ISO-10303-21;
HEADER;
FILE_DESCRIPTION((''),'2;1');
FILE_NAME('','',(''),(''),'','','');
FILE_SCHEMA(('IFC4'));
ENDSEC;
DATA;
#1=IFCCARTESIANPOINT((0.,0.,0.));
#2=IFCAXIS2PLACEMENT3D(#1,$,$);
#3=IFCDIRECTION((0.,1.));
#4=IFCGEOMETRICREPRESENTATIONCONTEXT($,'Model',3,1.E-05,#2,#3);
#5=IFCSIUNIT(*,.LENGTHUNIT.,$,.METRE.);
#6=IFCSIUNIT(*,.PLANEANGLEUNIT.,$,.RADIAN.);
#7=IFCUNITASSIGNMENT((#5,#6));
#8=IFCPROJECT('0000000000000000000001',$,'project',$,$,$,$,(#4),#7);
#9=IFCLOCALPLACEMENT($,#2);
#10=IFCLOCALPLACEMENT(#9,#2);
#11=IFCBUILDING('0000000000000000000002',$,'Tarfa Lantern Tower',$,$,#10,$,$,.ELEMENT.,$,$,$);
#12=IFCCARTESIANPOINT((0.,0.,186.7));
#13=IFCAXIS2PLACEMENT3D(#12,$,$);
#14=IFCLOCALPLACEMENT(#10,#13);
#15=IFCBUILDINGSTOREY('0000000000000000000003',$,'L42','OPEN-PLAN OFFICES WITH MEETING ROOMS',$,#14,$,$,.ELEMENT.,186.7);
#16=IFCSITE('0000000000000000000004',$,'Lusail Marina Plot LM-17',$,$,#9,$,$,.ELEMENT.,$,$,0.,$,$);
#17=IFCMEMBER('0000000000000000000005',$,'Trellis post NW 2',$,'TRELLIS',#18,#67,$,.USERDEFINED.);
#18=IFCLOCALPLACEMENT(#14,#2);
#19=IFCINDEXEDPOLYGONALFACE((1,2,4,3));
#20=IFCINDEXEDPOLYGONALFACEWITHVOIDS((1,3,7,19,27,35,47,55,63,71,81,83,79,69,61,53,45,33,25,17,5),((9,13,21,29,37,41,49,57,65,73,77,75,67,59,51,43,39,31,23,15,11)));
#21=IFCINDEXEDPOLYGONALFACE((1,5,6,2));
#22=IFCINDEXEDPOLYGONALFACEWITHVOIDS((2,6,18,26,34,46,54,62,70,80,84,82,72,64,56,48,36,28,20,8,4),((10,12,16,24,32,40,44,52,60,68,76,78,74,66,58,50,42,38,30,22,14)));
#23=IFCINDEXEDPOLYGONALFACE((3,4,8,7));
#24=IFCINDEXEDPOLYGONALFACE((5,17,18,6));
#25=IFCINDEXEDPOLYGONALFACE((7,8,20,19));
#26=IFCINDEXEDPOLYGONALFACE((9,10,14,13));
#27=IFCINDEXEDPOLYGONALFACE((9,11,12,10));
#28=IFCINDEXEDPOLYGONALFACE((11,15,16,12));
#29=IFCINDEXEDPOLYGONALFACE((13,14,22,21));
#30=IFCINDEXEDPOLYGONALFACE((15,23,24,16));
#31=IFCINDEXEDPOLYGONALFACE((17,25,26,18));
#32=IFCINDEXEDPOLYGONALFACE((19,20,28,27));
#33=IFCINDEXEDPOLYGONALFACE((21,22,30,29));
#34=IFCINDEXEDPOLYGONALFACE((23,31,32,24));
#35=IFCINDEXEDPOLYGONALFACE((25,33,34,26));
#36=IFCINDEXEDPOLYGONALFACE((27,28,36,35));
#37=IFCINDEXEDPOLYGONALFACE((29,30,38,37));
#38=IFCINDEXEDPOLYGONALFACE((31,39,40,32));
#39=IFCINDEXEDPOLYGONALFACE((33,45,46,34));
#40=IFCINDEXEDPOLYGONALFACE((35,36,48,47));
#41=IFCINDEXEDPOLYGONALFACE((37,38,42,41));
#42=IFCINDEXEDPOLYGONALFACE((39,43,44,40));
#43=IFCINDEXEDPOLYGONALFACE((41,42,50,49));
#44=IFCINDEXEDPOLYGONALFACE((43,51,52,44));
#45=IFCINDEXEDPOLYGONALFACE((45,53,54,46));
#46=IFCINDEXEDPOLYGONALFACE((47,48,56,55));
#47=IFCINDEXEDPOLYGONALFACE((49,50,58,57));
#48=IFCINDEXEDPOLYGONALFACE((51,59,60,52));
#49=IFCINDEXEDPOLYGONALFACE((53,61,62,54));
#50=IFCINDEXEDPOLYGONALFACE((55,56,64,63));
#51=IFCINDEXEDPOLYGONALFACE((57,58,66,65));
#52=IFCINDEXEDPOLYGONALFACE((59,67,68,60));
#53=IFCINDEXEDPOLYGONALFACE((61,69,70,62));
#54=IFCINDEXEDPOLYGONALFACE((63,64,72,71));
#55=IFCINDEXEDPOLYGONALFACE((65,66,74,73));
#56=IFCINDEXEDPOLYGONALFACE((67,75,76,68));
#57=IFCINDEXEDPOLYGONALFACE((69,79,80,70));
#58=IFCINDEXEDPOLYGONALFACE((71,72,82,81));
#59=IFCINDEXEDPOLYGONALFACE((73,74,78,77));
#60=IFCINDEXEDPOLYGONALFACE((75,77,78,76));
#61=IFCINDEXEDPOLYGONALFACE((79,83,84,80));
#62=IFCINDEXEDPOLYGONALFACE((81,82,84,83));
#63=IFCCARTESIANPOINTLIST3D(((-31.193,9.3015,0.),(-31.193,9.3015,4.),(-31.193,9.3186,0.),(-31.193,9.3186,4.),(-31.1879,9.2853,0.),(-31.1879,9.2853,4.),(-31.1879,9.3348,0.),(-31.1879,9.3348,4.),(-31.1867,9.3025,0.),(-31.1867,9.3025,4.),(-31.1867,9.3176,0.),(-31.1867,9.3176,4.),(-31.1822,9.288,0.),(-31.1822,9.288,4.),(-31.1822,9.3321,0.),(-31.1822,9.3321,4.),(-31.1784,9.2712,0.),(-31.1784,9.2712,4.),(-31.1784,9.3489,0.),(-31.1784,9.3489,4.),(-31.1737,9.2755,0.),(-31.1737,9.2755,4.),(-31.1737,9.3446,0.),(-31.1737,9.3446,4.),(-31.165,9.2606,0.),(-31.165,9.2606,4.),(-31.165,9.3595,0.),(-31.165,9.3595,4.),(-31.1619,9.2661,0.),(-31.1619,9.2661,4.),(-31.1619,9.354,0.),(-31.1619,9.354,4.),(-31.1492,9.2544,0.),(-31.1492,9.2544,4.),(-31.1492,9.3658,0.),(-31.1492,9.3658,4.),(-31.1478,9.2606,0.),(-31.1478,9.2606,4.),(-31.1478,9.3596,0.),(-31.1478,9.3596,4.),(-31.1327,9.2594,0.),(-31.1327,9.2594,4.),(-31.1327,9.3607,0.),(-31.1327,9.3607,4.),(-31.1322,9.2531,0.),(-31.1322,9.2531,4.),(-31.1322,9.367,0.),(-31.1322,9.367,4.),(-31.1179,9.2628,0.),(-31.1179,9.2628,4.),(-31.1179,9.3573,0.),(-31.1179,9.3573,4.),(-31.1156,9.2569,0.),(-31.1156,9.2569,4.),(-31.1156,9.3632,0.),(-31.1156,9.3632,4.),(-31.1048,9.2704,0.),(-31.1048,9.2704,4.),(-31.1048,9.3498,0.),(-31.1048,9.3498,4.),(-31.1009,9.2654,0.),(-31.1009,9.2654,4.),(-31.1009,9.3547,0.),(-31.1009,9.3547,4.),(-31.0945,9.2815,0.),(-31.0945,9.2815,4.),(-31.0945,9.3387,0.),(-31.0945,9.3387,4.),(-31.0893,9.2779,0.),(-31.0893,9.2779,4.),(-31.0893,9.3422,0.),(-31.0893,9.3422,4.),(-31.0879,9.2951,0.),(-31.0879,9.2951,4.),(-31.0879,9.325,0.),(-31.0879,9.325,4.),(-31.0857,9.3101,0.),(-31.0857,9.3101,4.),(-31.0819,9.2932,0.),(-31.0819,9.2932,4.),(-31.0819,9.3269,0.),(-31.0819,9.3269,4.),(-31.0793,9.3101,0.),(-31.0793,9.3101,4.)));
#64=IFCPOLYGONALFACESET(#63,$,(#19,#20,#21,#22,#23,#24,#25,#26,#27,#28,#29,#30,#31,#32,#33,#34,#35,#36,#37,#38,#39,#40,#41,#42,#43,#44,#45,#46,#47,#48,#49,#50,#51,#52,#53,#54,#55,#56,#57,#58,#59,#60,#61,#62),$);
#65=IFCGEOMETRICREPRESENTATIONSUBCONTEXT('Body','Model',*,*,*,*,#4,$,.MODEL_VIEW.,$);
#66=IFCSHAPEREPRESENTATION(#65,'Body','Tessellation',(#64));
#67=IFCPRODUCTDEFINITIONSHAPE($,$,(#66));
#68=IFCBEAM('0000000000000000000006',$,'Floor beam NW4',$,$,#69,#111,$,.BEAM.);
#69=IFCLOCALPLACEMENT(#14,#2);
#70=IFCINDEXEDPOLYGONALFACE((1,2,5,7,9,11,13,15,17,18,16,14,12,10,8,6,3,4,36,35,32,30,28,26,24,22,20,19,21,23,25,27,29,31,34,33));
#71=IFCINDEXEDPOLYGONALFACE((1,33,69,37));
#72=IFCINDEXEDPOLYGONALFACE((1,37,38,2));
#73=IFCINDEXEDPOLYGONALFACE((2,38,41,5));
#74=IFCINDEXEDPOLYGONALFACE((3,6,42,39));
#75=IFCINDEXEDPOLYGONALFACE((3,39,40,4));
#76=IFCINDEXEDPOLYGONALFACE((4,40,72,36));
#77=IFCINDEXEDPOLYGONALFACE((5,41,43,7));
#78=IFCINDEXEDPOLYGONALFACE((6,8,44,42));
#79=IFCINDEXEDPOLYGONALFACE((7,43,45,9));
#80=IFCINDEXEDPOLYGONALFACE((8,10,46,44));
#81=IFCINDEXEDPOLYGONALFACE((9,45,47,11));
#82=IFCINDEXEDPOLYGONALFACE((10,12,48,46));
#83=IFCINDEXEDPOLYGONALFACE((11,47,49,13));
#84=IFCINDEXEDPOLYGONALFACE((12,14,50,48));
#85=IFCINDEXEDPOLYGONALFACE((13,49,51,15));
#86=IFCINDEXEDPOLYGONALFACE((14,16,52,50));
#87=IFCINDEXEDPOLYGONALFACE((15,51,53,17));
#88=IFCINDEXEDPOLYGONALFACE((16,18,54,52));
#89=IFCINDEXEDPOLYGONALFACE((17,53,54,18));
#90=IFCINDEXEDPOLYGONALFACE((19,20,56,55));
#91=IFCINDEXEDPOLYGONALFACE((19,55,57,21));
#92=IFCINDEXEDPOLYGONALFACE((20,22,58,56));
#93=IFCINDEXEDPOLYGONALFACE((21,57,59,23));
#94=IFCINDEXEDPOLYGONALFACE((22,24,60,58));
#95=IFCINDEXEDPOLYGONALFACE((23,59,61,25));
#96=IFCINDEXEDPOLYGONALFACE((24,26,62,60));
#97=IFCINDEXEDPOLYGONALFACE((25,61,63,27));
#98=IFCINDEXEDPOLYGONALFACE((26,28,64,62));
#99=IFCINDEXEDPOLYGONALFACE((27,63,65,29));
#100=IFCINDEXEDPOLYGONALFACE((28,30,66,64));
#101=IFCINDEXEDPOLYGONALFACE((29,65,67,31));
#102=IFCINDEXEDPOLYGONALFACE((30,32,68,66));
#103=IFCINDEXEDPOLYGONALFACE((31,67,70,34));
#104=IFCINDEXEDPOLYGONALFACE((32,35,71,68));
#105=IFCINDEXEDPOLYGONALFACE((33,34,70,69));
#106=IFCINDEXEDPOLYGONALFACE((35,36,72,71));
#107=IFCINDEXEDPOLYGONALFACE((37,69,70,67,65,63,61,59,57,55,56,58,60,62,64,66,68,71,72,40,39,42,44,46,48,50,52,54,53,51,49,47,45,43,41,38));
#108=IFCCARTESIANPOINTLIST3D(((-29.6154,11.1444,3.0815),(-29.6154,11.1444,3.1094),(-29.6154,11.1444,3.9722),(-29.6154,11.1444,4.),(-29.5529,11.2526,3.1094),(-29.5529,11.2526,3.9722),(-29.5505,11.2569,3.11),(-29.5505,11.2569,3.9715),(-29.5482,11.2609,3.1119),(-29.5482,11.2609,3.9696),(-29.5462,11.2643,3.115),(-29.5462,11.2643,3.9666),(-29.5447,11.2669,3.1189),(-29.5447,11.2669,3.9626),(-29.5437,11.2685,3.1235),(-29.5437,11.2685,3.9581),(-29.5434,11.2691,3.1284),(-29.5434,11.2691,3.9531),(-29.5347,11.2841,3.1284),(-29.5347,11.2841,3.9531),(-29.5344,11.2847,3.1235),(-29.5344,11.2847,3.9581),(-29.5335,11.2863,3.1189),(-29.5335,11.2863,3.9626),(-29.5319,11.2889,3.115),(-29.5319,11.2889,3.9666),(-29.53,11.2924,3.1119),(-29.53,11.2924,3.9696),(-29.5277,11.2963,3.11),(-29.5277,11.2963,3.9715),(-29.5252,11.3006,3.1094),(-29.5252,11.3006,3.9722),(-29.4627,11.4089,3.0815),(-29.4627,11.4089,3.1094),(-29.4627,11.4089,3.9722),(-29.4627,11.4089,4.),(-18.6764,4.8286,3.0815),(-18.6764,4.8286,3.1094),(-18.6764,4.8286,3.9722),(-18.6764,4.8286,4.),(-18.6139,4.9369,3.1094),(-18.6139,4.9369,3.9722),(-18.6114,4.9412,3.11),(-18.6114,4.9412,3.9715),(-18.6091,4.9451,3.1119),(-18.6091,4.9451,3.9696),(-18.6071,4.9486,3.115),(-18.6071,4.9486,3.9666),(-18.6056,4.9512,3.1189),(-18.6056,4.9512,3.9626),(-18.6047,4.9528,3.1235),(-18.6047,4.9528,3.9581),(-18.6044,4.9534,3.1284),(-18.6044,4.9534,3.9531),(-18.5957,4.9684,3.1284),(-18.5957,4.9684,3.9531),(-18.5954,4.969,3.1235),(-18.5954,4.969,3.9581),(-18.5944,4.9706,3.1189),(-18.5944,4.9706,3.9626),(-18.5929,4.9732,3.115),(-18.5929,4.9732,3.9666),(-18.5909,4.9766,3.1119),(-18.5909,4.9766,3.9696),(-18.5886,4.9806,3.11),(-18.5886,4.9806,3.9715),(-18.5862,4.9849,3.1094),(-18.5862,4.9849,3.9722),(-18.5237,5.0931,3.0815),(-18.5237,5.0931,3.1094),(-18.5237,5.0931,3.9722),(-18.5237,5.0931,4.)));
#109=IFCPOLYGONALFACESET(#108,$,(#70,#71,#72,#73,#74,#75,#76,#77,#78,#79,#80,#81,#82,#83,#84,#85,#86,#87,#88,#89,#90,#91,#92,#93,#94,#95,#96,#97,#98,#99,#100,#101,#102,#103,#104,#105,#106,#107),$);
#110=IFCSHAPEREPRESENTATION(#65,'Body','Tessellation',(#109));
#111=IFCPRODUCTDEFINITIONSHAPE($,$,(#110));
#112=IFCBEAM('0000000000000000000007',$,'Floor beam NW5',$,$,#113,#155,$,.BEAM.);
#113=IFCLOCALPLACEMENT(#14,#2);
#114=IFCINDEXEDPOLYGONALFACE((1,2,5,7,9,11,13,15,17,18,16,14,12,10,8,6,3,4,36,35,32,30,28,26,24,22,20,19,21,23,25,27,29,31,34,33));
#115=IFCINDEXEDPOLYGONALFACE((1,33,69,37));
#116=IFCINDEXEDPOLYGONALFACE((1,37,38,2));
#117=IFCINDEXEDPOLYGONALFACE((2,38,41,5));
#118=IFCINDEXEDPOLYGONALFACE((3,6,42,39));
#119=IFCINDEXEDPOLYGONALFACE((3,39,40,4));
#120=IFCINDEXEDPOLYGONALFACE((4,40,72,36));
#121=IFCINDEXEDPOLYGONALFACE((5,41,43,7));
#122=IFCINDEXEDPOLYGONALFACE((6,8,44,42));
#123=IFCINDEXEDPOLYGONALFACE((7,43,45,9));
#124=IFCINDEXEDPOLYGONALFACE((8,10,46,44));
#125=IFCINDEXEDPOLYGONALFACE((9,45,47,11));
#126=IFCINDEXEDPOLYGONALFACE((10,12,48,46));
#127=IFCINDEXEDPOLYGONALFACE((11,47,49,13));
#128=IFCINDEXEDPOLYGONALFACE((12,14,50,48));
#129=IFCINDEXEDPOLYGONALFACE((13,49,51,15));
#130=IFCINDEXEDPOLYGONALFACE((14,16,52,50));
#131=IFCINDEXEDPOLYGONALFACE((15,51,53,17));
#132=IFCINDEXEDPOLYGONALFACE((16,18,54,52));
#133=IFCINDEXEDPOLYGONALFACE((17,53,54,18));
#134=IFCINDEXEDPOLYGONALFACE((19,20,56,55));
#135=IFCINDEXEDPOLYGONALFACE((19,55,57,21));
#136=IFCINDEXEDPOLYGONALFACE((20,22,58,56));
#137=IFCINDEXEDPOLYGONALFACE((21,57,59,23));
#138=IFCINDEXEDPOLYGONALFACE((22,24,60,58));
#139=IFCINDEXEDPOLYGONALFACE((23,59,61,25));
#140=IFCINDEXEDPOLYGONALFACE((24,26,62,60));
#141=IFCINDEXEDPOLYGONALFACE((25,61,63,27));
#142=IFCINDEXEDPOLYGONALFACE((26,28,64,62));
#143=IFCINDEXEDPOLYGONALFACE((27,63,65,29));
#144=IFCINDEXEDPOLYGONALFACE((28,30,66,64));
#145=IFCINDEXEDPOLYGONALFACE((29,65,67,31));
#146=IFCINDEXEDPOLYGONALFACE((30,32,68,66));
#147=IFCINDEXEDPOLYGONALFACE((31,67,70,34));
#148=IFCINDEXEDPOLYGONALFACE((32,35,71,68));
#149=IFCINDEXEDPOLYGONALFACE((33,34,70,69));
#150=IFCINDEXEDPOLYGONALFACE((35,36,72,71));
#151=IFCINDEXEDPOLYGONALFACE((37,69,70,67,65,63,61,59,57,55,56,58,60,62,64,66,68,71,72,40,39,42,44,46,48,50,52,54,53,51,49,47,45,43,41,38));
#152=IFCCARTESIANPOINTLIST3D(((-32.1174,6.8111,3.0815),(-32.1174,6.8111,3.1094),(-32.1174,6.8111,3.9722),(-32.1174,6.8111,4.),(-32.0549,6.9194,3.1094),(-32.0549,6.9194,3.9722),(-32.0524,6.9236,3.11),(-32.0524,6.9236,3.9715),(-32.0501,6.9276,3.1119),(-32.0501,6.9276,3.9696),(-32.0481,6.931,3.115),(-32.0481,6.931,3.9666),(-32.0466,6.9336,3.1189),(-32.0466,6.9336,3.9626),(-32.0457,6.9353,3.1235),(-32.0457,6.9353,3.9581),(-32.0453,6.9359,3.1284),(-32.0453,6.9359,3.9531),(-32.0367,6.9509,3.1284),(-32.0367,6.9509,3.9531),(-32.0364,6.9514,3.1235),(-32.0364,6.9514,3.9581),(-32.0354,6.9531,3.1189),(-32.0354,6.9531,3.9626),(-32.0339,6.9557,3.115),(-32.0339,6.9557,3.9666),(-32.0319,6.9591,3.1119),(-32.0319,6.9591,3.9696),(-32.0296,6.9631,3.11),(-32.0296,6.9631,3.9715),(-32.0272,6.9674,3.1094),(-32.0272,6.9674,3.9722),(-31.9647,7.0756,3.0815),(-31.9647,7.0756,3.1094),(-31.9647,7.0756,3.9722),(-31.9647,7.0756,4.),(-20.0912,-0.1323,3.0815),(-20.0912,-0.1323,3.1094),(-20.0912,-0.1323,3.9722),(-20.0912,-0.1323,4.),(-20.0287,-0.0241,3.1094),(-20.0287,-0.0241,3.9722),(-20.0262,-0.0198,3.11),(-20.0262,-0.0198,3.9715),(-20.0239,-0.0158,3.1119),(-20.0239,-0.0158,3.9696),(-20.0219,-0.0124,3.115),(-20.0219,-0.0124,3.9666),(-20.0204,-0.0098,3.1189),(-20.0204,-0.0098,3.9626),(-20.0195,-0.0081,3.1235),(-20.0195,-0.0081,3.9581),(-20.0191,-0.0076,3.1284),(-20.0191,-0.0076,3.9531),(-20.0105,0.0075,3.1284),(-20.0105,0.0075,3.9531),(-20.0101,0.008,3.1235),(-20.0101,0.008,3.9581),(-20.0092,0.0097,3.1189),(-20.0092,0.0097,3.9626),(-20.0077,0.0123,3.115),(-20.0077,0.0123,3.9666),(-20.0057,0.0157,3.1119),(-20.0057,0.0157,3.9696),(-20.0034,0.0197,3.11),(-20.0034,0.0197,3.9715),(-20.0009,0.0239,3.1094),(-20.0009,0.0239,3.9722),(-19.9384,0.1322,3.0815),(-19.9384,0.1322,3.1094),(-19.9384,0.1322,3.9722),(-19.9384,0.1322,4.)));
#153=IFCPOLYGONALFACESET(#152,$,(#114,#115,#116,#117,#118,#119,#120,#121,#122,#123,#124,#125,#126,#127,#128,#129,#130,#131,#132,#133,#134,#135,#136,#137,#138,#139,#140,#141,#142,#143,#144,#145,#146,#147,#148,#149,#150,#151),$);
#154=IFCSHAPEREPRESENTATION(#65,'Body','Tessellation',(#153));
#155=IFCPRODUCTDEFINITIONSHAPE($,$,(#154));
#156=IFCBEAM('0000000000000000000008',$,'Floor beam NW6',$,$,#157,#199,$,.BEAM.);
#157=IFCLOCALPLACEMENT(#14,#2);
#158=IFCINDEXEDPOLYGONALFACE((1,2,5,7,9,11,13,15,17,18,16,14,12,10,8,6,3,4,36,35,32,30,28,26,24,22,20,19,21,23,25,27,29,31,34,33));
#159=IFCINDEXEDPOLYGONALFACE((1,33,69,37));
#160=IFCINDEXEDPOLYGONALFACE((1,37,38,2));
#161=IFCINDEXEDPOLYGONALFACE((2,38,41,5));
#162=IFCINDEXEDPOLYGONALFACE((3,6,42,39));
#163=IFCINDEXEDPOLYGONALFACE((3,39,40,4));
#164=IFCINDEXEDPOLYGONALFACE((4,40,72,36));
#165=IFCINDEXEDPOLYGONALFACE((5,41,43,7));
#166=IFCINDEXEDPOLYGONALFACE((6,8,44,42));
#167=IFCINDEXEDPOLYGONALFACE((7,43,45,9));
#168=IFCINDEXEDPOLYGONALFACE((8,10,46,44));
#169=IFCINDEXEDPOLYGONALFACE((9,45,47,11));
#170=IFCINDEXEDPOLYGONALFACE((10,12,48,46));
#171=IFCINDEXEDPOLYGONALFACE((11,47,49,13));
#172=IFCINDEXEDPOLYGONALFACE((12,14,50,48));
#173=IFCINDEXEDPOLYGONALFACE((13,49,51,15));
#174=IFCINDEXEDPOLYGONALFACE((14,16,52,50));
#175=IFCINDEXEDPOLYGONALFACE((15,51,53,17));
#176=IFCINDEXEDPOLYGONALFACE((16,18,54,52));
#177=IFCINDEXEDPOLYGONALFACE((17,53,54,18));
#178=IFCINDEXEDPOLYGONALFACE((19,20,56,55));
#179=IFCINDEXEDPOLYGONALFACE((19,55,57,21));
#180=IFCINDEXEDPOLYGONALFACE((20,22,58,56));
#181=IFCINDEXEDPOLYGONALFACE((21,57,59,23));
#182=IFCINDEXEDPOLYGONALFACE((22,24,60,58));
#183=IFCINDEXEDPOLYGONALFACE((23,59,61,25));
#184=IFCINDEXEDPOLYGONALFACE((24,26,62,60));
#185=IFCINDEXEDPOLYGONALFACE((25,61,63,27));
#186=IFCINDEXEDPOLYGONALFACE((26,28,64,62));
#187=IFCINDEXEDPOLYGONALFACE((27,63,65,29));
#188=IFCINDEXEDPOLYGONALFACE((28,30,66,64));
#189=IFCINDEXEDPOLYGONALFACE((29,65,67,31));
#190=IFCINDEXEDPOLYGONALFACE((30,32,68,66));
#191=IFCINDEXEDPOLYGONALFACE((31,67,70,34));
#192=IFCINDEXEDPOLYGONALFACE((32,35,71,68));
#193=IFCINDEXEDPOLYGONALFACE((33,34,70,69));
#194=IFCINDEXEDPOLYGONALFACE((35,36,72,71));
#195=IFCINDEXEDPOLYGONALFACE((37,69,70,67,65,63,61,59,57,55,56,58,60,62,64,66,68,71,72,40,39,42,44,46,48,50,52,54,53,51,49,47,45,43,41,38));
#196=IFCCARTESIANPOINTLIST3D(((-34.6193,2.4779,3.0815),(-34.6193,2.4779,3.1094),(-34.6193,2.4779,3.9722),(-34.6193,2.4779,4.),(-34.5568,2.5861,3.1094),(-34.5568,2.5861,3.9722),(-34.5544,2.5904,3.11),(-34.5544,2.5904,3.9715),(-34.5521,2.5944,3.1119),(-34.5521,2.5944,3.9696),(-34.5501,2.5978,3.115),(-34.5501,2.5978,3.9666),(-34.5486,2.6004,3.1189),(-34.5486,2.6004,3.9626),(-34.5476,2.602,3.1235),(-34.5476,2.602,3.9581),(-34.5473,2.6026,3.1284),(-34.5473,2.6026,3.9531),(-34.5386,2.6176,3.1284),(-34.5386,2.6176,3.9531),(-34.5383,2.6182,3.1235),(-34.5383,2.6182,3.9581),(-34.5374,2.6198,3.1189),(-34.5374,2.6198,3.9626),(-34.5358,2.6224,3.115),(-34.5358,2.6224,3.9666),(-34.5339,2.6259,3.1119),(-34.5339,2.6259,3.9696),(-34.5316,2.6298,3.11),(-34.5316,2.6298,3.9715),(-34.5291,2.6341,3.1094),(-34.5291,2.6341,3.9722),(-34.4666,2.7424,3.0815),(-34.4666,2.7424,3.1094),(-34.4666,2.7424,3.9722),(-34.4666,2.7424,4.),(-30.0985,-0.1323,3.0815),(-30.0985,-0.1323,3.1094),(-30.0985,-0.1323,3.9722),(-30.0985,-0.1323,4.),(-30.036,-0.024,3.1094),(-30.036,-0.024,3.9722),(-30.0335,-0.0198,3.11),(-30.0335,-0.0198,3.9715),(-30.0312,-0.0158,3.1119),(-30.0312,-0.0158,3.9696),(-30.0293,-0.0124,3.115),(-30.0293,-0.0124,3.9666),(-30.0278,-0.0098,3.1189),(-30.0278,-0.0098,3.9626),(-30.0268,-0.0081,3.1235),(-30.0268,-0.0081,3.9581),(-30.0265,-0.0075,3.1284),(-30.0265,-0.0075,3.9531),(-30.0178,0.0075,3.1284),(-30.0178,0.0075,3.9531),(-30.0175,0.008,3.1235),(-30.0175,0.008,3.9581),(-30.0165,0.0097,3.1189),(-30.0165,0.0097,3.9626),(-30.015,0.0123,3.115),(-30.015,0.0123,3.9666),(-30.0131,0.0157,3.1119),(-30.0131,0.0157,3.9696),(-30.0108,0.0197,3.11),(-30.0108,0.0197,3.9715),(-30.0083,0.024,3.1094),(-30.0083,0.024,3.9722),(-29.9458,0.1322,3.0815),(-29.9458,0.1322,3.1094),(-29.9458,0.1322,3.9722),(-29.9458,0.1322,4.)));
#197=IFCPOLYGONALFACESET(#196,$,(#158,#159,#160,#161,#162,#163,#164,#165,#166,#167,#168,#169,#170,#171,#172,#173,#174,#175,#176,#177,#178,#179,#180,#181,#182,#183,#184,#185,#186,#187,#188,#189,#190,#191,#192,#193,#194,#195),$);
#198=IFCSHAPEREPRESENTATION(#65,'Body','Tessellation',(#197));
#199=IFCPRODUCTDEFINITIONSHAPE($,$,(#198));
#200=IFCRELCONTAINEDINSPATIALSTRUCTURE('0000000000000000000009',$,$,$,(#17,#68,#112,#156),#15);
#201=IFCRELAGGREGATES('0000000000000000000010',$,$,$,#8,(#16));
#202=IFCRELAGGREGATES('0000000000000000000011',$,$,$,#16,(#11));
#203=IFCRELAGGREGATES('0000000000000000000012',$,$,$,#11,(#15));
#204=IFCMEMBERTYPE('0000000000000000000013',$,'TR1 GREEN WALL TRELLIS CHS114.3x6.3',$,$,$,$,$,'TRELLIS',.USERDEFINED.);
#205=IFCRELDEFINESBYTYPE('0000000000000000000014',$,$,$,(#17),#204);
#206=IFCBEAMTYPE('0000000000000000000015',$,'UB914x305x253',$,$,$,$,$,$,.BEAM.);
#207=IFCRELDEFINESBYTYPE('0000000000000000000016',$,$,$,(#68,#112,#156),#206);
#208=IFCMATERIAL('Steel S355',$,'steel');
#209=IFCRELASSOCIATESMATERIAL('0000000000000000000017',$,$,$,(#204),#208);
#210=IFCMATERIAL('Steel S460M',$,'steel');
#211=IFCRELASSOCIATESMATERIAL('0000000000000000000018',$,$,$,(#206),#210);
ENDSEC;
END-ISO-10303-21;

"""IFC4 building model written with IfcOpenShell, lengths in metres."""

from ifc_helpers import new_model, si_unit, direction, frame, origin, origin_2d, place, context, subcontext, project, spatial, hollow_circle, i_section, extrude, material, material_profile, profile_set, type_object, element, save


model = new_model("IFC4")

# Units and contexts
model_context = context("Model", 3, precision=1e-05, world=origin(), true_north=direction((0.0, 1.0)))
body_context = subcontext(model_context, "Body", "Model", "MODEL_VIEW")
ifc_project = project(units=[si_unit("LENGTHUNIT", "METRE"), si_unit("PLANEANGLEUNIT", "RADIAN")], contexts=[model_context])

# Site, building, storey
site_placement = place(None, origin())
site = spatial("IfcSite", under=ifc_project, at=site_placement, Name="Lusail Marina Plot LM-17", CompositionType="ELEMENT", RefElevation=0.0)
building_placement = place(site_placement, origin())
building = spatial("IfcBuilding", under=site, at=building_placement, Name="Tarfa Lantern Tower", CompositionType="ELEMENT")
storey_placement = place(building_placement, frame((0.0, 0.0, 186.7)))
storey = spatial("IfcBuildingStorey", under=building, at=storey_placement, Name="L42", Description="OPEN-PLAN OFFICES WITH MEETING ROOMS", CompositionType="ELEMENT", Elevation=186.7)

# Member
ifc_material_1 = material(Name="Steel S355", Category="steel")
ifc_material_profile_1 = material_profile(ifc_material_1, hollow_circle(Radius=0.0571, WallThickness=0.0063, at=origin_2d()), Name="CHS114.3x6.3")
ifc_profile_set_1 = profile_set([ifc_material_profile_1], Name="Steel S355")
member_type_1 = type_object("IfcMemberType", Name="TR1 GREEN WALL TRELLIS CHS114.3x6.3", ElementType="TRELLIS", PredefinedType="USERDEFINED", material=ifc_profile_set_1)
member_1_placement = place(storey_placement, frame((-31.1365, 9.3101, 0.0), z_axis=(0.0, 0.0, 1.0), x_axis=(1.0, 0.0, 0.0)))
element("IfcMember", 1, at=member_1_placement, inside=storey, type_object=member_type_1, Name="Trellis post NW 2", ObjectType="TRELLIS", PredefinedType="USERDEFINED", context=body_context, shape_type="SweptSolid", body=[
    extrude(hollow_circle(Radius=0.0571, WallThickness=0.0063, at=origin_2d()), origin(), (0.0, 0.0, 1.0), 4.0),
])

# Beams
ifc_material_2 = material(Name="Steel S460M", Category="steel")
ifc_material_profile_2 = material_profile(ifc_material_2, i_section(OverallWidth=0.3054, OverallDepth=0.9185, WebThickness=0.0173, FlangeThickness=0.0278, FilletRadius=0.019, at=origin_2d()), Name="UB914x305x253")
ifc_profile_set_2 = profile_set([ifc_material_profile_2], Name="Steel S460M")
beam_type_1 = type_object("IfcBeamType", Name="UB914x305x253", PredefinedType="BEAM", material=ifc_profile_set_2)
beam_1_placement = place(storey_placement, frame((-29.5391, 11.2766, 3.5408), z_axis=(0.866023, -0.500004, 0.0), x_axis=(0.500004, 0.866023, 0.0)))
element("IfcBeam", 2, at=beam_1_placement, inside=storey, type_object=beam_type_1, Name="Floor beam NW4", PredefinedType="BEAM", context=body_context, shape_type="SweptSolid", body=[
    extrude(i_section(OverallWidth=0.3054, OverallDepth=0.9185, WebThickness=0.0173, FlangeThickness=0.0278, FilletRadius=0.019, at=origin_2d()), origin(), (0.0, 0.0, 1.0), 12.6313),
])
beam_2_placement = place(storey_placement, frame((-32.041, 6.9434, 3.5408), z_axis=(0.866023, -0.500004, 0.0), x_axis=(0.500004, 0.866023, 0.0)))
element("IfcBeam", 3, at=beam_2_placement, inside=storey, type_object=beam_type_1, Name="Floor beam NW5", PredefinedType="BEAM", context=body_context, shape_type="SweptSolid", body=[
    extrude(i_section(OverallWidth=0.3054, OverallDepth=0.9185, WebThickness=0.0173, FlangeThickness=0.0278, FilletRadius=0.019, at=origin_2d()), origin(), (0.0, 0.0, 1.0), 13.8867),
])
beam_3_placement = place(storey_placement, frame((-34.543, 2.6101, 3.5408), z_axis=(0.866021, -0.500007, 0.0), x_axis=(0.500007, 0.866021, 0.0)))
element("IfcBeam", 4, at=beam_3_placement, inside=storey, type_object=beam_type_1, Name="Floor beam NW6", PredefinedType="BEAM", context=body_context, shape_type="SweptSolid", body=[
    extrude(i_section(OverallWidth=0.3054, OverallDepth=0.9185, WebThickness=0.0173, FlangeThickness=0.0278, FilletRadius=0.019, at=origin_2d()), origin(), (0.0, 0.0, 1.0), 5.2202),
])

save(model, "model.ifc")
